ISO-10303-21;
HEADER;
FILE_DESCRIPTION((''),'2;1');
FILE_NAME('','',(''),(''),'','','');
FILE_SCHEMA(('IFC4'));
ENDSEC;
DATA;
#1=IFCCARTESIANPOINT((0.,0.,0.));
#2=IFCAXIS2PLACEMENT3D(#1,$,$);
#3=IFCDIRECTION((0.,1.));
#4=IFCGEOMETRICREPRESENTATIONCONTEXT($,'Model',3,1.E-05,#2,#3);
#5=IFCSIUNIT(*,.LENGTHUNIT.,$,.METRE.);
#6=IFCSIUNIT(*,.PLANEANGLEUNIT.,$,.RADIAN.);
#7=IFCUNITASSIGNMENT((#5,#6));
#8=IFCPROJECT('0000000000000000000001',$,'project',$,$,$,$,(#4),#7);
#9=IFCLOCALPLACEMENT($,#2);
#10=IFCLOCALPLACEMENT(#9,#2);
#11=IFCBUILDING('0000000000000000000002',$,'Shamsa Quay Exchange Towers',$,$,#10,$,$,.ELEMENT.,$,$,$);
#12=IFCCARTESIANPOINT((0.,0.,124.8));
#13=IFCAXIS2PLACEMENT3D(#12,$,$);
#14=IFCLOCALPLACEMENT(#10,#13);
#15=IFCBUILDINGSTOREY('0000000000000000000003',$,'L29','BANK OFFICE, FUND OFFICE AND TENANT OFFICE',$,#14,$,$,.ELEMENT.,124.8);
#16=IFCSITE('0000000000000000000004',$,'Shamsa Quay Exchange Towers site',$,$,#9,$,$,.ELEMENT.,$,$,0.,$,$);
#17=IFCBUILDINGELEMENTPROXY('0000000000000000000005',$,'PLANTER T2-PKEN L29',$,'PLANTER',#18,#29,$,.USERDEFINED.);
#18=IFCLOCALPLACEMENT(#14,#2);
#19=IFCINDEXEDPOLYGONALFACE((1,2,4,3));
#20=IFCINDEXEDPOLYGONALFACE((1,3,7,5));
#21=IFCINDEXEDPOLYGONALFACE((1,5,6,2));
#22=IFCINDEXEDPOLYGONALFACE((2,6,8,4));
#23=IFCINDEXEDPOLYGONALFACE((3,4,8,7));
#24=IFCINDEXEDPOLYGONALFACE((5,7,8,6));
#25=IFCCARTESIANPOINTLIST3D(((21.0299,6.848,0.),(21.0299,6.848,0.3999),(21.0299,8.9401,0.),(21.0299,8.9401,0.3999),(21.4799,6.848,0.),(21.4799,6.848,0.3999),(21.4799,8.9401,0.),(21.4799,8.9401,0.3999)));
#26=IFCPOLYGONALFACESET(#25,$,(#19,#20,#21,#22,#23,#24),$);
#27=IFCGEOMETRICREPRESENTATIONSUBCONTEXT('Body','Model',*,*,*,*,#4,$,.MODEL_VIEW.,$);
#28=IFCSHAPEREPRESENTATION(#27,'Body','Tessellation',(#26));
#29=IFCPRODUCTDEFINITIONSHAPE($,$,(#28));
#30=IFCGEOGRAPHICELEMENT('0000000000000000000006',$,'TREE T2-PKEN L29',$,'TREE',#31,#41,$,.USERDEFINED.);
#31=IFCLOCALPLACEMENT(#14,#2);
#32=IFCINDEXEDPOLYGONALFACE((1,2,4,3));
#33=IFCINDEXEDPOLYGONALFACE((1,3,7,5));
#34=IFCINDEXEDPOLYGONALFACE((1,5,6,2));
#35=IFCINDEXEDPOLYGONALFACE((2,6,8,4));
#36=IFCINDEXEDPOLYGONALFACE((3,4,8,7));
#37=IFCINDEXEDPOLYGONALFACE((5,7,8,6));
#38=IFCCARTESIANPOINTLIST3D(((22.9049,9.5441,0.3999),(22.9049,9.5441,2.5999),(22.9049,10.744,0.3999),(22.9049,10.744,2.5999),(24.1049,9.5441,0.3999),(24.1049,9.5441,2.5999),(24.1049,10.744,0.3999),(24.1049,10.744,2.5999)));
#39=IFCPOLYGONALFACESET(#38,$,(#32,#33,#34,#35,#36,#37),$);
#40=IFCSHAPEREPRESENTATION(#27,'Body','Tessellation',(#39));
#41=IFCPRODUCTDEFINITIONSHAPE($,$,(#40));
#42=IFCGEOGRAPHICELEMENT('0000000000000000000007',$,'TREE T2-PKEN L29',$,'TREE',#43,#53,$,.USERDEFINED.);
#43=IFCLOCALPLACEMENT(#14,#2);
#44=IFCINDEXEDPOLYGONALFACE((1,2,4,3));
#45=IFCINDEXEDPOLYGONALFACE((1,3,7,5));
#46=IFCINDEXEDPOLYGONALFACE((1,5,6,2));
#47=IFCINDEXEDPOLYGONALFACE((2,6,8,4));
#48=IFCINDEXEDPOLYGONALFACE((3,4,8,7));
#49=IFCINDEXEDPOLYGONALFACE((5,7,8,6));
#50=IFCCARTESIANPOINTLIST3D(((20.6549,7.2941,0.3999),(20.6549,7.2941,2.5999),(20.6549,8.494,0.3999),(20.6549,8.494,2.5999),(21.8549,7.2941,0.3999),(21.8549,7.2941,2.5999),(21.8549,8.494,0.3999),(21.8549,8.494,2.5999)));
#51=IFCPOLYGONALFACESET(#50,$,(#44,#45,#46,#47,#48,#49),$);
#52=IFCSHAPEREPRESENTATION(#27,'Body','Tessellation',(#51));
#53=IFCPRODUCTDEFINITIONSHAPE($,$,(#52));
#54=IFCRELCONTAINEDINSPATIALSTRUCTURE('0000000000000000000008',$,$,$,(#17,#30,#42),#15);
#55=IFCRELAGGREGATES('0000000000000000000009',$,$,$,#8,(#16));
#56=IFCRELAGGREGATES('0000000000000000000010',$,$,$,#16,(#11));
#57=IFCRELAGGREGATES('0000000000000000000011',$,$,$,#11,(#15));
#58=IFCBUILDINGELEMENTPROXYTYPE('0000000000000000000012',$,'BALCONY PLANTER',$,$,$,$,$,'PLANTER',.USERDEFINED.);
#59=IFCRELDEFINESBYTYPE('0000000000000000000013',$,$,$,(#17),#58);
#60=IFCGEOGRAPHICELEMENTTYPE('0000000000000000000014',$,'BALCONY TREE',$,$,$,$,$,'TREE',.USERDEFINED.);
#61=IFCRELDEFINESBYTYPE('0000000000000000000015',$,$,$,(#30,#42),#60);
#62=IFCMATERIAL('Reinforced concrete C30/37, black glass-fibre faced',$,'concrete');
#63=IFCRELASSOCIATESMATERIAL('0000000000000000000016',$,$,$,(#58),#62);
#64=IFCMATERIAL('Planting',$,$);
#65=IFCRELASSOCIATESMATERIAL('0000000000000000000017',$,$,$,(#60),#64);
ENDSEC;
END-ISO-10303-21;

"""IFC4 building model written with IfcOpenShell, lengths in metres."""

from ifc_helpers import new_model, si_unit, direction, frame, origin, origin_2d, place, context, subcontext, project, spatial, rectangle, extrude, material, type_object, element, save


model = new_model("IFC4")

# Units and contexts
model_context = context("Model", 3, precision=1e-05, world=origin(), true_north=direction((0.0, 1.0)))
body_context = subcontext(model_context, "Body", "Model", "MODEL_VIEW")
ifc_project = project(units=[si_unit("LENGTHUNIT", "METRE"), si_unit("PLANEANGLEUNIT", "RADIAN")], contexts=[model_context])

# Site, building, storey
site_placement = place(None, origin())
site = spatial("IfcSite", under=ifc_project, at=site_placement, Name="Shamsa Quay Exchange Towers site", CompositionType="ELEMENT", RefElevation=0.0)
building_placement = place(site_placement, origin())
building = spatial("IfcBuilding", under=site, at=building_placement, Name="Shamsa Quay Exchange Towers", CompositionType="ELEMENT")
storey_placement = place(building_placement, frame((0.0, 0.0, 124.8)))
storey = spatial("IfcBuildingStorey", under=building, at=storey_placement, Name="L29", Description="BANK OFFICE, FUND OFFICE AND TENANT OFFICE", CompositionType="ELEMENT", Elevation=124.8)

# Building element proxy
ifc_material_1 = material(Name="Reinforced concrete C30/37, black glass-fibre faced", Category="concrete")
building_element_proxy_type = type_object("IfcBuildingElementProxyType", Name="BALCONY PLANTER", ElementType="PLANTER", PredefinedType="USERDEFINED", material=ifc_material_1)
for number, where, z_axis, x_axis, name in (
    (1, (21.2549, 7.894, 0.0), (0.0, 0.0, 1.0), (0.0, -1.0, 0.0), "PLANTER T2-PKEN L29"),
):
    element("IfcBuildingElementProxy", number, at=place(storey_placement, frame(where, z_axis=z_axis, x_axis=x_axis)), inside=storey, type_object=building_element_proxy_type, Name=name, ObjectType="PLANTER", PredefinedType="USERDEFINED", context=body_context, shape_type="SweptSolid", body=[
        extrude(rectangle(XDim=2.092, YDim=0.45, at=origin_2d()), origin(), (0.0, 0.0, 1.0), 0.3999),
    ])

# Geographic elements
ifc_material_2 = material(Name="Planting")
geographic_element_type = type_object("IfcGeographicElementType", Name="BALCONY TREE", ElementType="TREE", PredefinedType="USERDEFINED", material=ifc_material_2)
for number, where, z_axis, x_axis, name in (
    (2, (23.5049, 10.144, 0.3999), (0.0, 0.0, 1.0), (0.0, -1.0, 0.0), "TREE T2-PKEN L29"),
    (3, (21.2549, 7.894, 0.3999), (0.0, 0.0, 1.0), (0.0, -1.0, 0.0), "TREE T2-PKEN L29"),
):
    element("IfcGeographicElement", number, at=place(storey_placement, frame(where, z_axis=z_axis, x_axis=x_axis)), inside=storey, type_object=geographic_element_type, Name=name, ObjectType="TREE", PredefinedType="USERDEFINED", context=body_context, shape_type="SweptSolid", body=[
        extrude(rectangle(XDim=1.2, YDim=1.2, at=origin_2d()), origin(), (0.0, 0.0, 1.0), 2.2),
    ])

save(model, "model.ifc")
